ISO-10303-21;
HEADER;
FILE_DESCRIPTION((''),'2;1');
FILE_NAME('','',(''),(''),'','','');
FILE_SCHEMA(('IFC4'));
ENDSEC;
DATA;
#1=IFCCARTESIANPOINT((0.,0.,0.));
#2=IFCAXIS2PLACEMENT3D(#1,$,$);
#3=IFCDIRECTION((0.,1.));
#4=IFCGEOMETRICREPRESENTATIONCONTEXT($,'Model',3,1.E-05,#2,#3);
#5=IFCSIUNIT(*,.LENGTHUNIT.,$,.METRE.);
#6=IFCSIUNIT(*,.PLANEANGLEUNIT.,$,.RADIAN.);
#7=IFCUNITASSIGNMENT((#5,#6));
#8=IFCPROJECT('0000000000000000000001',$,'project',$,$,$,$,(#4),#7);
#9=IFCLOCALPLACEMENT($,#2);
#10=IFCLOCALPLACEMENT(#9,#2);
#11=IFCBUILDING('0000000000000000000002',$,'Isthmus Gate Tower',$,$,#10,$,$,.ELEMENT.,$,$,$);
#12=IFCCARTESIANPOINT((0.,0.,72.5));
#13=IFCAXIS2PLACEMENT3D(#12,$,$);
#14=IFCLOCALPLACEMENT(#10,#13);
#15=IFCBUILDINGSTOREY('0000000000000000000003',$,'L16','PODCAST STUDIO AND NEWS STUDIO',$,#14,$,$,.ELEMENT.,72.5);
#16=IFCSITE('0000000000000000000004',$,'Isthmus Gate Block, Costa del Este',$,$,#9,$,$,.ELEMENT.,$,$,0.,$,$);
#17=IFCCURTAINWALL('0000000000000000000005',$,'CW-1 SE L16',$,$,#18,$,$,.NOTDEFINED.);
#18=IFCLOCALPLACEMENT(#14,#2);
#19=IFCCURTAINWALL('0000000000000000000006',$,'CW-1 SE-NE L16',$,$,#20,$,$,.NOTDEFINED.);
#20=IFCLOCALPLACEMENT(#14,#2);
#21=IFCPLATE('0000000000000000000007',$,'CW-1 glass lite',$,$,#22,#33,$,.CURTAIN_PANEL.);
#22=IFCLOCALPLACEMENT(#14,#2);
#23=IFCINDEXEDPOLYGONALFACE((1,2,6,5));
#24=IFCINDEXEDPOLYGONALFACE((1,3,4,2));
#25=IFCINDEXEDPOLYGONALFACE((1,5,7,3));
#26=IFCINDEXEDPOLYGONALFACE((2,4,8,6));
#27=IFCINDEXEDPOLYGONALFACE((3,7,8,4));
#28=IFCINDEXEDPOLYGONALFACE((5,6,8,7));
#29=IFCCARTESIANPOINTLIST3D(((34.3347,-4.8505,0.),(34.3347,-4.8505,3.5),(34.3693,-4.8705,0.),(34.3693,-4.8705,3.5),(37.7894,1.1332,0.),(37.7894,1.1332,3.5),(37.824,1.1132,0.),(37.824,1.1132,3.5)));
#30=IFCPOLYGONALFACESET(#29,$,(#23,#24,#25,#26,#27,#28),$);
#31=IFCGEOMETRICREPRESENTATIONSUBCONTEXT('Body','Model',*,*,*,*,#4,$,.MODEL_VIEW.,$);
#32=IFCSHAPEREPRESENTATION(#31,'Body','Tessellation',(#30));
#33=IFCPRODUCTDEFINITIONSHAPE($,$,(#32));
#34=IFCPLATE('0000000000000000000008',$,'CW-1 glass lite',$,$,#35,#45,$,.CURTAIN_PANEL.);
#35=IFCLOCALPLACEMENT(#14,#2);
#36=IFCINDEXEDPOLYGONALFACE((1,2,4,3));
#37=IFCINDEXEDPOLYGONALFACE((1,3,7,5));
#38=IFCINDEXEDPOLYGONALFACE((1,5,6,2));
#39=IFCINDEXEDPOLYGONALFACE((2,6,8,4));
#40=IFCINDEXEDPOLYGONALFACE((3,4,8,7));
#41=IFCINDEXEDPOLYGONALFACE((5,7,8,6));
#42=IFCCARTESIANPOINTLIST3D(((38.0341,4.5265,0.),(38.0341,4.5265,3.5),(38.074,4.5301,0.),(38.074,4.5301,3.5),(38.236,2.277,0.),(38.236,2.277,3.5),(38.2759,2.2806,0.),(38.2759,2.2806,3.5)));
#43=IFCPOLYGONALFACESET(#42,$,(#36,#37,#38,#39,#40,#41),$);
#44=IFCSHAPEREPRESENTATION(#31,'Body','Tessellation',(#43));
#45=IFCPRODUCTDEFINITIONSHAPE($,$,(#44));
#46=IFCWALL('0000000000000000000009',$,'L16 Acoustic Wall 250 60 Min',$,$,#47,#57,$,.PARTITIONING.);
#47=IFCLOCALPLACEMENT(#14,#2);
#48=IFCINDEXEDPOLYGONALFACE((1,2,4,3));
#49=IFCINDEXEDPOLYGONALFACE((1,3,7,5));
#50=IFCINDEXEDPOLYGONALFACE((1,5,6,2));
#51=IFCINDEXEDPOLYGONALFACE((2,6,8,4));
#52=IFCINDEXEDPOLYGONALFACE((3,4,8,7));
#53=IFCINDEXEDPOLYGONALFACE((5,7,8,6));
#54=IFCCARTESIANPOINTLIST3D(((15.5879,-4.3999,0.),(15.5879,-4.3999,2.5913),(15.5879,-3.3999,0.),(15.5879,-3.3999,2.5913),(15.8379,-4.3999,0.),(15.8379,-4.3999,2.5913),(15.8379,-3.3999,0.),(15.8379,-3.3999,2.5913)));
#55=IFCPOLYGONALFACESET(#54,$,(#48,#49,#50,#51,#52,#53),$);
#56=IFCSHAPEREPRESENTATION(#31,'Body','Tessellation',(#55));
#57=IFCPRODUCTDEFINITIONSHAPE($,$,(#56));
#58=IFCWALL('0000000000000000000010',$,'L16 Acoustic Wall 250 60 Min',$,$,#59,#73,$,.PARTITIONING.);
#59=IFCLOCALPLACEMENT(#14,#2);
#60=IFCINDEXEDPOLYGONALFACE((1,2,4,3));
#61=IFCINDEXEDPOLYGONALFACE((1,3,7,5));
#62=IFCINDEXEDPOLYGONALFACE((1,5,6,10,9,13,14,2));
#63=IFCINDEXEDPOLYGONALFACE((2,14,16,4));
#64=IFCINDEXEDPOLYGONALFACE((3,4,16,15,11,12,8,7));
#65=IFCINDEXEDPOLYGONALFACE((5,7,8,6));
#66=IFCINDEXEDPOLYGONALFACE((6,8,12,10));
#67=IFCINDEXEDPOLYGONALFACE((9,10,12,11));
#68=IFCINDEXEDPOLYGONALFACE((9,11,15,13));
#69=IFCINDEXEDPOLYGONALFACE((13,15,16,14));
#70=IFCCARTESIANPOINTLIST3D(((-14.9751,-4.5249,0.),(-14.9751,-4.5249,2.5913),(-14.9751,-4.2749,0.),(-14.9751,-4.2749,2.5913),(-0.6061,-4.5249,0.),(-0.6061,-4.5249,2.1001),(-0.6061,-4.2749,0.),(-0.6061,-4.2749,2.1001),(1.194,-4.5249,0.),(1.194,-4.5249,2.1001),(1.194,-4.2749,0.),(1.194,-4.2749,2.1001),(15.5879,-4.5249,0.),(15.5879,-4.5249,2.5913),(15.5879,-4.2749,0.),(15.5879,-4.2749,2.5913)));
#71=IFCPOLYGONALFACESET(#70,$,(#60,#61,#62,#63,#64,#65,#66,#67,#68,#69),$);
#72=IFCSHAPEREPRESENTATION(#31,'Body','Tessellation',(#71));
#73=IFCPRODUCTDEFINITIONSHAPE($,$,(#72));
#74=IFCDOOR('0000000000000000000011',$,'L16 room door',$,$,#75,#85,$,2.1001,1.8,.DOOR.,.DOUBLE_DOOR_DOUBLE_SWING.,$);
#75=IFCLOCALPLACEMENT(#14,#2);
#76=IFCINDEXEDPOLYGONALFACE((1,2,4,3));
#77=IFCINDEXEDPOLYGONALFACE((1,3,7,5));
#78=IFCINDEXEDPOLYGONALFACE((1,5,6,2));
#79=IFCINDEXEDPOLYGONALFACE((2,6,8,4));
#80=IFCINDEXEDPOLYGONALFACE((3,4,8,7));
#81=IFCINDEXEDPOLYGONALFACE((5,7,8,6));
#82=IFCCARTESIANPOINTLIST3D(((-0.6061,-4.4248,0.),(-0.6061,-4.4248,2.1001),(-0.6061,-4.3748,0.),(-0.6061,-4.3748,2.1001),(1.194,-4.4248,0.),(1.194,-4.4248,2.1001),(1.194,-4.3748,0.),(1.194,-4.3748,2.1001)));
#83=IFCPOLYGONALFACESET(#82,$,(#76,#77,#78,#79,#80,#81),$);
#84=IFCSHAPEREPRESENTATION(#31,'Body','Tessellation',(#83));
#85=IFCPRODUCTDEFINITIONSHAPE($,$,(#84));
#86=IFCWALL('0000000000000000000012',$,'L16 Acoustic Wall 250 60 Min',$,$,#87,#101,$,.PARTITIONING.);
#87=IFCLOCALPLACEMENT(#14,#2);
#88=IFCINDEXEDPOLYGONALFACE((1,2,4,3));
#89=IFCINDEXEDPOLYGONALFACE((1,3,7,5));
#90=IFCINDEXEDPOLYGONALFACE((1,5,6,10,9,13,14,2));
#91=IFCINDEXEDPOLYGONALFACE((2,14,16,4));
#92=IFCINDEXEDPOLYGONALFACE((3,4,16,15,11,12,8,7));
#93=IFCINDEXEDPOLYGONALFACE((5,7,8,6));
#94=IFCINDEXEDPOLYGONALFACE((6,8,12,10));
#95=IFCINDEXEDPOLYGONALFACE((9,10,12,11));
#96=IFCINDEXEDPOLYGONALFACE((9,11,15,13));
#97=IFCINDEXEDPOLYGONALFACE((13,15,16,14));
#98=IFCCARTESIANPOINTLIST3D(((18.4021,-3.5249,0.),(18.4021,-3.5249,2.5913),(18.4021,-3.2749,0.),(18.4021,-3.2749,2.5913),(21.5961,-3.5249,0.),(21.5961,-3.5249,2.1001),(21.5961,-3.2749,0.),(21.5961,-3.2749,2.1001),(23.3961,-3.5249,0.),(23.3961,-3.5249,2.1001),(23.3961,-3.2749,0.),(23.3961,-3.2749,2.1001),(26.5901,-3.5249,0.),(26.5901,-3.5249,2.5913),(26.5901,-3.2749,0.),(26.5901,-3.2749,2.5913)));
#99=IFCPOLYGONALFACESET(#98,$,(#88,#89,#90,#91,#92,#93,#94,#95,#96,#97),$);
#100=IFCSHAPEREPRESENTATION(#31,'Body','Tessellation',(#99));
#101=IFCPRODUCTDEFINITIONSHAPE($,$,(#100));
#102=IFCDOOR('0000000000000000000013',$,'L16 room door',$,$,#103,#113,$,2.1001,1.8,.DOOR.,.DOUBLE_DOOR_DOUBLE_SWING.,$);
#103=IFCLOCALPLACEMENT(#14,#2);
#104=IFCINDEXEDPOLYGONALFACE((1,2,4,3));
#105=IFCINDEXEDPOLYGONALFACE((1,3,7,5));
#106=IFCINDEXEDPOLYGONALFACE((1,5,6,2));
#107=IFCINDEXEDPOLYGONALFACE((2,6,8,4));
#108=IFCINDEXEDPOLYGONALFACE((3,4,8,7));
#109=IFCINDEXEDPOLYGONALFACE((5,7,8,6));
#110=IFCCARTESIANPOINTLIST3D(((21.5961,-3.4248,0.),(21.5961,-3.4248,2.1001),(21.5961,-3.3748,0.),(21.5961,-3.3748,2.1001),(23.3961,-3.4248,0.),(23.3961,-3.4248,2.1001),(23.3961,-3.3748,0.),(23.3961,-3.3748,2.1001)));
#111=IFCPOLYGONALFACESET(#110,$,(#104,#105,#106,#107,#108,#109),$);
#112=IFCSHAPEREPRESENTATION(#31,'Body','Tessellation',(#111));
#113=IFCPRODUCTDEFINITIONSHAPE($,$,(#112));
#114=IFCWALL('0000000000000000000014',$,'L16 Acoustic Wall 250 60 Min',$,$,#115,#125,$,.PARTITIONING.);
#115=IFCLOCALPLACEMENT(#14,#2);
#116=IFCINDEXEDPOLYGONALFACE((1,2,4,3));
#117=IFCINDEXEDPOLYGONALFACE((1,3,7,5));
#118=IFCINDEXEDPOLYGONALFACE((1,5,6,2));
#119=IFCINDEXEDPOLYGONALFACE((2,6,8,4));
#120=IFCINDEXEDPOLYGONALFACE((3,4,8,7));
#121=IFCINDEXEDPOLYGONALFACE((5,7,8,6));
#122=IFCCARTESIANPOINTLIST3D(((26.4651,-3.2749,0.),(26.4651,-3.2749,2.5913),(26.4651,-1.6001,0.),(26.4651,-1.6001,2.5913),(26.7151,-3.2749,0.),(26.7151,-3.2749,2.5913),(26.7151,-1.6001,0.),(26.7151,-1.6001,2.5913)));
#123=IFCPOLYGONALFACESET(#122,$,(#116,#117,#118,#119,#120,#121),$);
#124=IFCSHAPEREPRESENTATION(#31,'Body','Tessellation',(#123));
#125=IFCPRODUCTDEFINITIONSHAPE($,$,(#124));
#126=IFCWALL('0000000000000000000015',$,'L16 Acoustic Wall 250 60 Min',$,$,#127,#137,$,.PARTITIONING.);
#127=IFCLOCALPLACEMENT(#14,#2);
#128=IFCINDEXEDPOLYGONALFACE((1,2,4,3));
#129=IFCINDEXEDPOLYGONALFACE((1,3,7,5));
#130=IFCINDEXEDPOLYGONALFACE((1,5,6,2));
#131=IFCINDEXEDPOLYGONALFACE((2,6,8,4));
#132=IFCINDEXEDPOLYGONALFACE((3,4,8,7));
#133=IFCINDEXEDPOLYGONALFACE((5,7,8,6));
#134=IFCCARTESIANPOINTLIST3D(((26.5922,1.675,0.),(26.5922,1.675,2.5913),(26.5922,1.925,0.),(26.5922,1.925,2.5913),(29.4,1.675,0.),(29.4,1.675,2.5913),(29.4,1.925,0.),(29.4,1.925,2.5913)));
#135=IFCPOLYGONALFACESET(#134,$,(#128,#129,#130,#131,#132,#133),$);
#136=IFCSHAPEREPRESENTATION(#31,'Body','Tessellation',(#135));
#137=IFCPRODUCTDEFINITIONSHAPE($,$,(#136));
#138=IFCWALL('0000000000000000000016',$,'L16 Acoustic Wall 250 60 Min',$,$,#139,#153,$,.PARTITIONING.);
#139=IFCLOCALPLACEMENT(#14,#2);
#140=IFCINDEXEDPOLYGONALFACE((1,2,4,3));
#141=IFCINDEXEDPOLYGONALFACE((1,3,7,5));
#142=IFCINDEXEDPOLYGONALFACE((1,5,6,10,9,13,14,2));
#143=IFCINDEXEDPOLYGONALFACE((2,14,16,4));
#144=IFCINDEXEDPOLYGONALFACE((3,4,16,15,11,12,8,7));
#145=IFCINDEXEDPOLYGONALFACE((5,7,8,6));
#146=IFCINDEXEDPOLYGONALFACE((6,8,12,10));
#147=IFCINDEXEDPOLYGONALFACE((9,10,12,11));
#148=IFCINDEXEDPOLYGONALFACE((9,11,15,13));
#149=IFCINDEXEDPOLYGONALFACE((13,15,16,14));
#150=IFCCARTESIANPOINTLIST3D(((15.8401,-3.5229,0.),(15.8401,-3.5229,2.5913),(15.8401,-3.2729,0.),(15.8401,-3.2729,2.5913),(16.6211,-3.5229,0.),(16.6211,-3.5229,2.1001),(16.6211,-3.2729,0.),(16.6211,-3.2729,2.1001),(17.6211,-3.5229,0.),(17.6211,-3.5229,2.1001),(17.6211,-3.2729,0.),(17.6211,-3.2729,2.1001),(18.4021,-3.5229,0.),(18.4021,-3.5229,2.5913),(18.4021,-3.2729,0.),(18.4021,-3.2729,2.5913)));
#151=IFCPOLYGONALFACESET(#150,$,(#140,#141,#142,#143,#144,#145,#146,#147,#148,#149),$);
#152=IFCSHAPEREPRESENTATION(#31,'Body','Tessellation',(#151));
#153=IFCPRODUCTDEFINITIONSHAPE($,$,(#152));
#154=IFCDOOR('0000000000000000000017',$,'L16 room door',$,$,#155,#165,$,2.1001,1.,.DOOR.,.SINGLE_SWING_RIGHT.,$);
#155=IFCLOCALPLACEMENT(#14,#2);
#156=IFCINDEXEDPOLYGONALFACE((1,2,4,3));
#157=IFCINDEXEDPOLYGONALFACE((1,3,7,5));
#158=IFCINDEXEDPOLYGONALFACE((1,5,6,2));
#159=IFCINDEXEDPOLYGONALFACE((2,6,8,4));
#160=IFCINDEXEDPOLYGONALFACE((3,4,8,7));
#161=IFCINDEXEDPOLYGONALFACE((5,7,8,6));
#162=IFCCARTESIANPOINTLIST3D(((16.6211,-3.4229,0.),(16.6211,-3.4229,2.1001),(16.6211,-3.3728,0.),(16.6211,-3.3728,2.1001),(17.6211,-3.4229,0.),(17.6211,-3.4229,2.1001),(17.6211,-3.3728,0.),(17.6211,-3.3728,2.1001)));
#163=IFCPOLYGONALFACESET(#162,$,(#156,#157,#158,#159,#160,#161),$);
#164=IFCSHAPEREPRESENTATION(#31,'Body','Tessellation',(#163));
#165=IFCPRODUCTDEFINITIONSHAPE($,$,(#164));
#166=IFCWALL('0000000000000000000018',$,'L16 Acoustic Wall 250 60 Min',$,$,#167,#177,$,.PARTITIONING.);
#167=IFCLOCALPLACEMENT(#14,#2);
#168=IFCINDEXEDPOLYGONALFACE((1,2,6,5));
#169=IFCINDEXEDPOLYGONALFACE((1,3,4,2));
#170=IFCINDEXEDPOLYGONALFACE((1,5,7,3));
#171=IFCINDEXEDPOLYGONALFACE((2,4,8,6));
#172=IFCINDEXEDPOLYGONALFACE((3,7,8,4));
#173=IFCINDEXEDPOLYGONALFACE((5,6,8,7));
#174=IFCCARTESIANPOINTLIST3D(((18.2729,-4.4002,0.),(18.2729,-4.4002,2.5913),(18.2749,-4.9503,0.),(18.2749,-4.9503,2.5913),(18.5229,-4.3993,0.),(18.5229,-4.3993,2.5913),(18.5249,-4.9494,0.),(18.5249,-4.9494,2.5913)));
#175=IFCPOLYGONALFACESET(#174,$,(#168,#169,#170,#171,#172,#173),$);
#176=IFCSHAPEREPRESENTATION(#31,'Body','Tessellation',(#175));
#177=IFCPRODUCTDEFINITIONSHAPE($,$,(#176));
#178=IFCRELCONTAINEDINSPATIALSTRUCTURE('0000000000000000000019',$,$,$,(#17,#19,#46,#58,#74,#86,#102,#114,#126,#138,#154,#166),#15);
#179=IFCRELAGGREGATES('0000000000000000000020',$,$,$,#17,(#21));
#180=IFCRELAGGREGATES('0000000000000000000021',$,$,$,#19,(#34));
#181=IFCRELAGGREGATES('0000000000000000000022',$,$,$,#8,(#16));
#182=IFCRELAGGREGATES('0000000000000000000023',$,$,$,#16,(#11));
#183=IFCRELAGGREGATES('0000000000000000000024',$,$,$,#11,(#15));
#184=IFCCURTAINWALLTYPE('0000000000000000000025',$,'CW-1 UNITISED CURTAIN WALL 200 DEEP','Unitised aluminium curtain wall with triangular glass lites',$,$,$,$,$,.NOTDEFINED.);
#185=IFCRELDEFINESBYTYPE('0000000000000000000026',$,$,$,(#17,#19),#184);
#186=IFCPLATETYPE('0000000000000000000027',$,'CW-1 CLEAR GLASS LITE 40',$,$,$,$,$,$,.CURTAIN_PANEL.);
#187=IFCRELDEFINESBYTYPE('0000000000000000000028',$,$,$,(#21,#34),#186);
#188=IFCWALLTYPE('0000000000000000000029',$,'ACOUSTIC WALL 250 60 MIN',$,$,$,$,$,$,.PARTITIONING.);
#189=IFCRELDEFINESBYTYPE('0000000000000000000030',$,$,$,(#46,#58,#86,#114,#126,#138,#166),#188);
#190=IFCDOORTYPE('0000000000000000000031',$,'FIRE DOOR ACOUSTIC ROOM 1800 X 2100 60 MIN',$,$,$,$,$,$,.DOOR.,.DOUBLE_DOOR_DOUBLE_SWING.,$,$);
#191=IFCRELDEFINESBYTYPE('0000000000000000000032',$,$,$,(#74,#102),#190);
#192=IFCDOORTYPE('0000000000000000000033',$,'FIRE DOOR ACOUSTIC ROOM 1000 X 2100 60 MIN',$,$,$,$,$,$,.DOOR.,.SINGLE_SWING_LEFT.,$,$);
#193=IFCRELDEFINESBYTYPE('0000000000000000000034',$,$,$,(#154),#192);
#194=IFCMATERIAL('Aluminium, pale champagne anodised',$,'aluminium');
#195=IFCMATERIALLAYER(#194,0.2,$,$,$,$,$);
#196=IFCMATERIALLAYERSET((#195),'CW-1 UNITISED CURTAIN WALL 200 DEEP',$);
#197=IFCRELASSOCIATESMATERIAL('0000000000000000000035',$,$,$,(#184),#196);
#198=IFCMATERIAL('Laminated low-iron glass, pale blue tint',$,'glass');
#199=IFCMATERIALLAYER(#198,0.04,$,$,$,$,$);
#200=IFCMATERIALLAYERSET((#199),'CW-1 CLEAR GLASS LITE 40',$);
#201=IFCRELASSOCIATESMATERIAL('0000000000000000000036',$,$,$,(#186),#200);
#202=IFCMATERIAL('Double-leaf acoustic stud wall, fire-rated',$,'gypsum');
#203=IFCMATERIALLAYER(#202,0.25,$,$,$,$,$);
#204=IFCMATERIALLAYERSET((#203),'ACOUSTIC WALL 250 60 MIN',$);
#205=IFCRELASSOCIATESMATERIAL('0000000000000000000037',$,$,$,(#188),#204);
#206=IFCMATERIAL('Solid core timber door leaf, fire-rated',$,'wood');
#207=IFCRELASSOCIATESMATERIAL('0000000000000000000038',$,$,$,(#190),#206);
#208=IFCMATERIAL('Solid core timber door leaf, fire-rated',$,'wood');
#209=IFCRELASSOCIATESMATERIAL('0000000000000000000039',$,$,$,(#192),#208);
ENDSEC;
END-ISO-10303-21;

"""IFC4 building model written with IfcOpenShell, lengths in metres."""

from ifc_helpers import new_model, si_unit, direction, frame, frame_2d, origin, origin_2d, place, context, subcontext, project, spatial, rectangle, extrude, material, layer, layer_set, type_object, element, fill, aggregate, save


model = new_model("IFC4")

# Units and contexts
model_context = context("Model", 3, precision=1e-05, world=origin(), true_north=direction((0.0, 1.0)))
body_context = subcontext(model_context, "Body", "Model", "MODEL_VIEW")
ifc_project = project(units=[si_unit("LENGTHUNIT", "METRE"), si_unit("PLANEANGLEUNIT", "RADIAN")], contexts=[model_context])

# Site, building, storey
site_placement = place(None, origin())
site = spatial("IfcSite", under=ifc_project, at=site_placement, Name="Isthmus Gate Block, Costa del Este", CompositionType="ELEMENT", RefElevation=0.0)
building_placement = place(site_placement, origin())
building = spatial("IfcBuilding", under=site, at=building_placement, Name="Isthmus Gate Tower", CompositionType="ELEMENT")
storey_placement = place(building_placement, frame((0.0, 0.0, 72.5)))
storey = spatial("IfcBuildingStorey", under=building, at=storey_placement, Name="L16", Description="PODCAST STUDIO AND NEWS STUDIO", CompositionType="ELEMENT", Elevation=72.5)

# Curtain walls
ifc_material_1 = material(Name="Aluminium, pale champagne anodised", Category="aluminium")
ifc_layer_1 = layer(ifc_material_1, 0.2)
ifc_layer_set_1 = layer_set([ifc_layer_1], Name="CW-1 UNITISED CURTAIN WALL 200 DEEP")
curtain_wall_type = type_object("IfcCurtainWallType", Name="CW-1 UNITISED CURTAIN WALL 200 DEEP", Description="Unitised aluminium curtain wall with triangular glass lites", PredefinedType="NOTDEFINED", material=ifc_layer_set_1)
curtain_wall_1_placement = place(storey_placement, origin())
curtain_wall_1 = element("IfcCurtainWall", 1, at=curtain_wall_1_placement, inside=storey, type_object=curtain_wall_type, Name="CW-1 SE L16", PredefinedType="NOTDEFINED")
curtain_wall_2_placement = place(storey_placement, origin())
curtain_wall_2 = element("IfcCurtainWall", 2, at=curtain_wall_2_placement, inside=storey, type_object=curtain_wall_type, Name="CW-1 SE-NE L16", PredefinedType="NOTDEFINED")

# Plates
ifc_material_2 = material(Name="Laminated low-iron glass, pale blue tint", Category="glass")
ifc_layer_2 = layer(ifc_material_2, 0.04)
ifc_layer_set_2 = layer_set([ifc_layer_2], Name="CW-1 CLEAR GLASS LITE 40")
plate_type = type_object("IfcPlateType", Name="CW-1 CLEAR GLASS LITE 40", PredefinedType="CURTAIN_PANEL", material=ifc_layer_set_2)
plate_1_placement = place(storey_placement, frame((36.0793, -1.8687, 0.0), z_axis=(0.0, 0.0, 1.0), x_axis=(0.5, 0.866025, 0.0)))
plate_1 = element("IfcPlate", 3, at=plate_1_placement, type_object=plate_type, Name="CW-1 glass lite", PredefinedType="CURTAIN_PANEL", context=body_context, shape_type="SweptSolid", body=[
    extrude(rectangle(XDim=6.9094, YDim=0.04, at=origin_2d()), origin(), (0.0, 0.0, 1.0), 3.5),
])
aggregate(curtain_wall_1, [plate_1])
plate_2_placement = place(storey_placement, frame((38.155, 3.4036, 0.0), z_axis=(0.0, 0.0, 1.0), x_axis=(-0.089397, 0.995996, 0.0)))
plate_2 = element("IfcPlate", 4, at=plate_2_placement, type_object=plate_type, Name="CW-1 glass lite", PredefinedType="CURTAIN_PANEL", context=body_context, shape_type="SweptSolid", body=[
    extrude(rectangle(XDim=2.2585, YDim=0.04, at=origin_2d()), origin(), (0.0, 0.0, 1.0), 3.5),
])
aggregate(curtain_wall_2, [plate_2])

# Wall
ifc_material_3 = material(Name="Double-leaf acoustic stud wall, fire-rated", Category="gypsum")
ifc_layer_3 = layer(ifc_material_3, 0.25)
ifc_layer_set_3 = layer_set([ifc_layer_3], Name="ACOUSTIC WALL 250 60 MIN")
wall_type_1 = type_object("IfcWallType", Name="ACOUSTIC WALL 250 60 MIN", PredefinedType="PARTITIONING", material=ifc_layer_set_3)
wall_1_placement = place(storey_placement, frame((15.7129, -3.3999, 0.0), z_axis=(0.0, 0.0, 1.0), x_axis=(0.0, -1.0, 0.0)))
element("IfcWall", 5, at=wall_1_placement, inside=storey, type_object=wall_type_1, Name="L16 Acoustic Wall 250 60 Min", PredefinedType="PARTITIONING", context=body_context, shape_type="SweptSolid", body=[
    extrude(rectangle(XDim=1.0, YDim=0.25, at=frame_2d((0.5, 0.0))), origin(), (0.0, 0.0, 1.0), 2.5913),
])

# Walls, openings, doors
wall_2_placement = place(storey_placement, frame((15.5879, -4.3999, 0.0), z_axis=(0.0, 0.0, 1.0), x_axis=(-1.0, 0.0, 0.0)))
wall_2 = element("IfcWall", 6, at=wall_2_placement, inside=storey, type_object=wall_type_1, Name="L16 Acoustic Wall 250 60 Min", PredefinedType="PARTITIONING", context=body_context, shape_type="SweptSolid", body=[
    extrude(rectangle(XDim=30.563, YDim=0.25, at=frame_2d((15.2815, 0.0))), origin(), (0.0, 0.0, 1.0), 2.5913),
])
opening_1_placement = place(wall_2_placement, frame((14.394, 0.0, 0.0)))
opening_1 = element("IfcOpeningElement", 7, at=opening_1_placement, cuts=wall_2, PredefinedType="OPENING", context=body_context, shape_type="SweptSolid", body=[
    extrude(rectangle(XDim=1.8, YDim=2.1001, at=frame_2d((0.8999, 1.05))), frame((0.0, 0.135, 0.0), z_axis=(0.0, -1.0, 0.0), x_axis=(1.0, 0.0, 0.0)), (0.0, 0.0, 1.0), 0.27),
])
ifc_material_4 = material(Name="Solid core timber door leaf, fire-rated", Category="wood")
door_type_1 = type_object("IfcDoorType", Name="FIRE DOOR ACOUSTIC ROOM 1800 X 2100 60 MIN", OperationType="DOUBLE_DOOR_DOUBLE_SWING", PredefinedType="DOOR", material=ifc_material_4)
door_1_placement = place(opening_1_placement, origin())
door_1 = element("IfcDoor", 8, at=door_1_placement, inside=storey, type_object=door_type_1, Name="L16 room door", OperationType="DOUBLE_DOOR_DOUBLE_SWING", OverallHeight=2.1001, OverallWidth=1.8, PredefinedType="DOOR", context=body_context, shape_type="SweptSolid", body=[
    extrude(rectangle(XDim=1.8, YDim=2.1001, at=frame_2d((0.8999, 1.05))), frame((0.0, 0.0249, 0.0), z_axis=(0.0, -1.0, 0.0), x_axis=(1.0, 0.0, 0.0)), (0.0, 0.0, 1.0), 0.05),
])
fill(opening_1, door_1)
wall_3_placement = place(storey_placement, frame((26.5901, -3.3999, 0.0), z_axis=(0.0, 0.0, 1.0), x_axis=(-1.0, 0.0, 0.0)))
wall_3 = element("IfcWall", 9, at=wall_3_placement, inside=storey, type_object=wall_type_1, Name="L16 Acoustic Wall 250 60 Min", PredefinedType="PARTITIONING", context=body_context, shape_type="SweptSolid", body=[
    extrude(rectangle(XDim=8.188, YDim=0.25, at=frame_2d((4.094, 0.0))), origin(), (0.0, 0.0, 1.0), 2.5913),
])
opening_2_placement = place(wall_3_placement, frame((3.1941, 0.0, 0.0)))
opening_2 = element("IfcOpeningElement", 10, at=opening_2_placement, cuts=wall_3, PredefinedType="OPENING", context=body_context, shape_type="SweptSolid", body=[
    extrude(rectangle(XDim=1.8, YDim=2.1001, at=frame_2d((0.8999, 1.05))), frame((0.0, 0.135, 0.0), z_axis=(0.0, -1.0, 0.0), x_axis=(1.0, 0.0, 0.0)), (0.0, 0.0, 1.0), 0.27),
])
door_2_placement = place(opening_2_placement, origin())
door_2 = element("IfcDoor", 11, at=door_2_placement, inside=storey, type_object=door_type_1, Name="L16 room door", OperationType="DOUBLE_DOOR_DOUBLE_SWING", OverallHeight=2.1001, OverallWidth=1.8, PredefinedType="DOOR", context=body_context, shape_type="SweptSolid", body=[
    extrude(rectangle(XDim=1.8, YDim=2.1001, at=frame_2d((0.8999, 1.05))), frame((0.0, 0.0249, 0.0), z_axis=(0.0, -1.0, 0.0), x_axis=(1.0, 0.0, 0.0)), (0.0, 0.0, 1.0), 0.05),
])
fill(opening_2, door_2)

# Walls
wall_4_placement = place(storey_placement, frame((26.5901, -1.6001, 0.0), z_axis=(0.0, 0.0, 1.0), x_axis=(0.0, -1.0, 0.0)))
element("IfcWall", 12, at=wall_4_placement, inside=storey, type_object=wall_type_1, Name="L16 Acoustic Wall 250 60 Min", PredefinedType="PARTITIONING", context=body_context, shape_type="SweptSolid", body=[
    extrude(rectangle(XDim=1.6748, YDim=0.25, at=frame_2d((0.8374, 0.0))), origin(), (0.0, 0.0, 1.0), 2.5913),
])
wall_5_placement = place(storey_placement, frame((29.3999, 1.8, 0.0), z_axis=(0.0, 0.0, 1.0), x_axis=(-1.0, 0.0, 0.0)))
element("IfcWall", 13, at=wall_5_placement, inside=storey, type_object=wall_type_1, Name="L16 Acoustic Wall 250 60 Min", PredefinedType="PARTITIONING", context=body_context, shape_type="SweptSolid", body=[
    extrude(rectangle(XDim=2.8079, YDim=0.25, at=frame_2d((1.4038, 0.0))), origin(), (0.0, 0.0, 1.0), 2.5913),
])

# Wall, opening, door
wall_6_placement = place(storey_placement, frame((18.4021, -3.3979, 0.0), z_axis=(0.0, 0.0, 1.0), x_axis=(-1.0, 0.0, 0.0)))
wall_6 = element("IfcWall", 14, at=wall_6_placement, inside=storey, type_object=wall_type_1, Name="L16 Acoustic Wall 250 60 Min", PredefinedType="PARTITIONING", context=body_context, shape_type="SweptSolid", body=[
    extrude(rectangle(XDim=2.562, YDim=0.25, at=frame_2d((1.281, 0.0))), origin(), (0.0, 0.0, 1.0), 2.5913),
])
opening_3_placement = place(wall_6_placement, frame((0.781, 0.0, 0.0)))
opening_3 = element("IfcOpeningElement", 15, at=opening_3_placement, cuts=wall_6, PredefinedType="OPENING", context=body_context, shape_type="SweptSolid", body=[
    extrude(rectangle(XDim=1.0, YDim=2.1001, at=frame_2d((0.5, 1.05))), frame((0.0, 0.135, 0.0), z_axis=(0.0, -1.0, 0.0), x_axis=(1.0, 0.0, 0.0)), (0.0, 0.0, 1.0), 0.27),
])
ifc_material_5 = material(Name="Solid core timber door leaf, fire-rated", Category="wood")
door_type_2 = type_object("IfcDoorType", Name="FIRE DOOR ACOUSTIC ROOM 1000 X 2100 60 MIN", OperationType="SINGLE_SWING_LEFT", PredefinedType="DOOR", material=ifc_material_5)
door_3_placement = place(opening_3_placement, origin())
door_3 = element("IfcDoor", 16, at=door_3_placement, inside=storey, type_object=door_type_2, Name="L16 room door", OperationType="SINGLE_SWING_RIGHT", OverallHeight=2.1001, OverallWidth=1.0, PredefinedType="DOOR", context=body_context, shape_type="SweptSolid", body=[
    extrude(rectangle(XDim=1.0, YDim=2.1001, at=frame_2d((0.5, 1.05))), frame((0.0, 0.0249, 0.0), z_axis=(0.0, -1.0, 0.0), x_axis=(1.0, 0.0, 0.0)), (0.0, 0.0, 1.0), 0.05),
])
fill(opening_3, door_3)

# Wall
wall_7_placement = place(storey_placement, frame((18.3979, -4.3999, 0.0), z_axis=(0.0, 0.0, 1.0), x_axis=(0.003551, -0.999994, 0.0)))
element("IfcWall", 17, at=wall_7_placement, inside=storey, type_object=wall_type_1, Name="L16 Acoustic Wall 250 60 Min", PredefinedType="PARTITIONING", context=body_context, shape_type="SweptSolid", body=[
    extrude(rectangle(XDim=0.55, YDim=0.25, at=frame_2d((0.2749, 0.0))), origin(), (0.0, 0.0, 1.0), 2.5913),
])

save(model, "model.ifc")
